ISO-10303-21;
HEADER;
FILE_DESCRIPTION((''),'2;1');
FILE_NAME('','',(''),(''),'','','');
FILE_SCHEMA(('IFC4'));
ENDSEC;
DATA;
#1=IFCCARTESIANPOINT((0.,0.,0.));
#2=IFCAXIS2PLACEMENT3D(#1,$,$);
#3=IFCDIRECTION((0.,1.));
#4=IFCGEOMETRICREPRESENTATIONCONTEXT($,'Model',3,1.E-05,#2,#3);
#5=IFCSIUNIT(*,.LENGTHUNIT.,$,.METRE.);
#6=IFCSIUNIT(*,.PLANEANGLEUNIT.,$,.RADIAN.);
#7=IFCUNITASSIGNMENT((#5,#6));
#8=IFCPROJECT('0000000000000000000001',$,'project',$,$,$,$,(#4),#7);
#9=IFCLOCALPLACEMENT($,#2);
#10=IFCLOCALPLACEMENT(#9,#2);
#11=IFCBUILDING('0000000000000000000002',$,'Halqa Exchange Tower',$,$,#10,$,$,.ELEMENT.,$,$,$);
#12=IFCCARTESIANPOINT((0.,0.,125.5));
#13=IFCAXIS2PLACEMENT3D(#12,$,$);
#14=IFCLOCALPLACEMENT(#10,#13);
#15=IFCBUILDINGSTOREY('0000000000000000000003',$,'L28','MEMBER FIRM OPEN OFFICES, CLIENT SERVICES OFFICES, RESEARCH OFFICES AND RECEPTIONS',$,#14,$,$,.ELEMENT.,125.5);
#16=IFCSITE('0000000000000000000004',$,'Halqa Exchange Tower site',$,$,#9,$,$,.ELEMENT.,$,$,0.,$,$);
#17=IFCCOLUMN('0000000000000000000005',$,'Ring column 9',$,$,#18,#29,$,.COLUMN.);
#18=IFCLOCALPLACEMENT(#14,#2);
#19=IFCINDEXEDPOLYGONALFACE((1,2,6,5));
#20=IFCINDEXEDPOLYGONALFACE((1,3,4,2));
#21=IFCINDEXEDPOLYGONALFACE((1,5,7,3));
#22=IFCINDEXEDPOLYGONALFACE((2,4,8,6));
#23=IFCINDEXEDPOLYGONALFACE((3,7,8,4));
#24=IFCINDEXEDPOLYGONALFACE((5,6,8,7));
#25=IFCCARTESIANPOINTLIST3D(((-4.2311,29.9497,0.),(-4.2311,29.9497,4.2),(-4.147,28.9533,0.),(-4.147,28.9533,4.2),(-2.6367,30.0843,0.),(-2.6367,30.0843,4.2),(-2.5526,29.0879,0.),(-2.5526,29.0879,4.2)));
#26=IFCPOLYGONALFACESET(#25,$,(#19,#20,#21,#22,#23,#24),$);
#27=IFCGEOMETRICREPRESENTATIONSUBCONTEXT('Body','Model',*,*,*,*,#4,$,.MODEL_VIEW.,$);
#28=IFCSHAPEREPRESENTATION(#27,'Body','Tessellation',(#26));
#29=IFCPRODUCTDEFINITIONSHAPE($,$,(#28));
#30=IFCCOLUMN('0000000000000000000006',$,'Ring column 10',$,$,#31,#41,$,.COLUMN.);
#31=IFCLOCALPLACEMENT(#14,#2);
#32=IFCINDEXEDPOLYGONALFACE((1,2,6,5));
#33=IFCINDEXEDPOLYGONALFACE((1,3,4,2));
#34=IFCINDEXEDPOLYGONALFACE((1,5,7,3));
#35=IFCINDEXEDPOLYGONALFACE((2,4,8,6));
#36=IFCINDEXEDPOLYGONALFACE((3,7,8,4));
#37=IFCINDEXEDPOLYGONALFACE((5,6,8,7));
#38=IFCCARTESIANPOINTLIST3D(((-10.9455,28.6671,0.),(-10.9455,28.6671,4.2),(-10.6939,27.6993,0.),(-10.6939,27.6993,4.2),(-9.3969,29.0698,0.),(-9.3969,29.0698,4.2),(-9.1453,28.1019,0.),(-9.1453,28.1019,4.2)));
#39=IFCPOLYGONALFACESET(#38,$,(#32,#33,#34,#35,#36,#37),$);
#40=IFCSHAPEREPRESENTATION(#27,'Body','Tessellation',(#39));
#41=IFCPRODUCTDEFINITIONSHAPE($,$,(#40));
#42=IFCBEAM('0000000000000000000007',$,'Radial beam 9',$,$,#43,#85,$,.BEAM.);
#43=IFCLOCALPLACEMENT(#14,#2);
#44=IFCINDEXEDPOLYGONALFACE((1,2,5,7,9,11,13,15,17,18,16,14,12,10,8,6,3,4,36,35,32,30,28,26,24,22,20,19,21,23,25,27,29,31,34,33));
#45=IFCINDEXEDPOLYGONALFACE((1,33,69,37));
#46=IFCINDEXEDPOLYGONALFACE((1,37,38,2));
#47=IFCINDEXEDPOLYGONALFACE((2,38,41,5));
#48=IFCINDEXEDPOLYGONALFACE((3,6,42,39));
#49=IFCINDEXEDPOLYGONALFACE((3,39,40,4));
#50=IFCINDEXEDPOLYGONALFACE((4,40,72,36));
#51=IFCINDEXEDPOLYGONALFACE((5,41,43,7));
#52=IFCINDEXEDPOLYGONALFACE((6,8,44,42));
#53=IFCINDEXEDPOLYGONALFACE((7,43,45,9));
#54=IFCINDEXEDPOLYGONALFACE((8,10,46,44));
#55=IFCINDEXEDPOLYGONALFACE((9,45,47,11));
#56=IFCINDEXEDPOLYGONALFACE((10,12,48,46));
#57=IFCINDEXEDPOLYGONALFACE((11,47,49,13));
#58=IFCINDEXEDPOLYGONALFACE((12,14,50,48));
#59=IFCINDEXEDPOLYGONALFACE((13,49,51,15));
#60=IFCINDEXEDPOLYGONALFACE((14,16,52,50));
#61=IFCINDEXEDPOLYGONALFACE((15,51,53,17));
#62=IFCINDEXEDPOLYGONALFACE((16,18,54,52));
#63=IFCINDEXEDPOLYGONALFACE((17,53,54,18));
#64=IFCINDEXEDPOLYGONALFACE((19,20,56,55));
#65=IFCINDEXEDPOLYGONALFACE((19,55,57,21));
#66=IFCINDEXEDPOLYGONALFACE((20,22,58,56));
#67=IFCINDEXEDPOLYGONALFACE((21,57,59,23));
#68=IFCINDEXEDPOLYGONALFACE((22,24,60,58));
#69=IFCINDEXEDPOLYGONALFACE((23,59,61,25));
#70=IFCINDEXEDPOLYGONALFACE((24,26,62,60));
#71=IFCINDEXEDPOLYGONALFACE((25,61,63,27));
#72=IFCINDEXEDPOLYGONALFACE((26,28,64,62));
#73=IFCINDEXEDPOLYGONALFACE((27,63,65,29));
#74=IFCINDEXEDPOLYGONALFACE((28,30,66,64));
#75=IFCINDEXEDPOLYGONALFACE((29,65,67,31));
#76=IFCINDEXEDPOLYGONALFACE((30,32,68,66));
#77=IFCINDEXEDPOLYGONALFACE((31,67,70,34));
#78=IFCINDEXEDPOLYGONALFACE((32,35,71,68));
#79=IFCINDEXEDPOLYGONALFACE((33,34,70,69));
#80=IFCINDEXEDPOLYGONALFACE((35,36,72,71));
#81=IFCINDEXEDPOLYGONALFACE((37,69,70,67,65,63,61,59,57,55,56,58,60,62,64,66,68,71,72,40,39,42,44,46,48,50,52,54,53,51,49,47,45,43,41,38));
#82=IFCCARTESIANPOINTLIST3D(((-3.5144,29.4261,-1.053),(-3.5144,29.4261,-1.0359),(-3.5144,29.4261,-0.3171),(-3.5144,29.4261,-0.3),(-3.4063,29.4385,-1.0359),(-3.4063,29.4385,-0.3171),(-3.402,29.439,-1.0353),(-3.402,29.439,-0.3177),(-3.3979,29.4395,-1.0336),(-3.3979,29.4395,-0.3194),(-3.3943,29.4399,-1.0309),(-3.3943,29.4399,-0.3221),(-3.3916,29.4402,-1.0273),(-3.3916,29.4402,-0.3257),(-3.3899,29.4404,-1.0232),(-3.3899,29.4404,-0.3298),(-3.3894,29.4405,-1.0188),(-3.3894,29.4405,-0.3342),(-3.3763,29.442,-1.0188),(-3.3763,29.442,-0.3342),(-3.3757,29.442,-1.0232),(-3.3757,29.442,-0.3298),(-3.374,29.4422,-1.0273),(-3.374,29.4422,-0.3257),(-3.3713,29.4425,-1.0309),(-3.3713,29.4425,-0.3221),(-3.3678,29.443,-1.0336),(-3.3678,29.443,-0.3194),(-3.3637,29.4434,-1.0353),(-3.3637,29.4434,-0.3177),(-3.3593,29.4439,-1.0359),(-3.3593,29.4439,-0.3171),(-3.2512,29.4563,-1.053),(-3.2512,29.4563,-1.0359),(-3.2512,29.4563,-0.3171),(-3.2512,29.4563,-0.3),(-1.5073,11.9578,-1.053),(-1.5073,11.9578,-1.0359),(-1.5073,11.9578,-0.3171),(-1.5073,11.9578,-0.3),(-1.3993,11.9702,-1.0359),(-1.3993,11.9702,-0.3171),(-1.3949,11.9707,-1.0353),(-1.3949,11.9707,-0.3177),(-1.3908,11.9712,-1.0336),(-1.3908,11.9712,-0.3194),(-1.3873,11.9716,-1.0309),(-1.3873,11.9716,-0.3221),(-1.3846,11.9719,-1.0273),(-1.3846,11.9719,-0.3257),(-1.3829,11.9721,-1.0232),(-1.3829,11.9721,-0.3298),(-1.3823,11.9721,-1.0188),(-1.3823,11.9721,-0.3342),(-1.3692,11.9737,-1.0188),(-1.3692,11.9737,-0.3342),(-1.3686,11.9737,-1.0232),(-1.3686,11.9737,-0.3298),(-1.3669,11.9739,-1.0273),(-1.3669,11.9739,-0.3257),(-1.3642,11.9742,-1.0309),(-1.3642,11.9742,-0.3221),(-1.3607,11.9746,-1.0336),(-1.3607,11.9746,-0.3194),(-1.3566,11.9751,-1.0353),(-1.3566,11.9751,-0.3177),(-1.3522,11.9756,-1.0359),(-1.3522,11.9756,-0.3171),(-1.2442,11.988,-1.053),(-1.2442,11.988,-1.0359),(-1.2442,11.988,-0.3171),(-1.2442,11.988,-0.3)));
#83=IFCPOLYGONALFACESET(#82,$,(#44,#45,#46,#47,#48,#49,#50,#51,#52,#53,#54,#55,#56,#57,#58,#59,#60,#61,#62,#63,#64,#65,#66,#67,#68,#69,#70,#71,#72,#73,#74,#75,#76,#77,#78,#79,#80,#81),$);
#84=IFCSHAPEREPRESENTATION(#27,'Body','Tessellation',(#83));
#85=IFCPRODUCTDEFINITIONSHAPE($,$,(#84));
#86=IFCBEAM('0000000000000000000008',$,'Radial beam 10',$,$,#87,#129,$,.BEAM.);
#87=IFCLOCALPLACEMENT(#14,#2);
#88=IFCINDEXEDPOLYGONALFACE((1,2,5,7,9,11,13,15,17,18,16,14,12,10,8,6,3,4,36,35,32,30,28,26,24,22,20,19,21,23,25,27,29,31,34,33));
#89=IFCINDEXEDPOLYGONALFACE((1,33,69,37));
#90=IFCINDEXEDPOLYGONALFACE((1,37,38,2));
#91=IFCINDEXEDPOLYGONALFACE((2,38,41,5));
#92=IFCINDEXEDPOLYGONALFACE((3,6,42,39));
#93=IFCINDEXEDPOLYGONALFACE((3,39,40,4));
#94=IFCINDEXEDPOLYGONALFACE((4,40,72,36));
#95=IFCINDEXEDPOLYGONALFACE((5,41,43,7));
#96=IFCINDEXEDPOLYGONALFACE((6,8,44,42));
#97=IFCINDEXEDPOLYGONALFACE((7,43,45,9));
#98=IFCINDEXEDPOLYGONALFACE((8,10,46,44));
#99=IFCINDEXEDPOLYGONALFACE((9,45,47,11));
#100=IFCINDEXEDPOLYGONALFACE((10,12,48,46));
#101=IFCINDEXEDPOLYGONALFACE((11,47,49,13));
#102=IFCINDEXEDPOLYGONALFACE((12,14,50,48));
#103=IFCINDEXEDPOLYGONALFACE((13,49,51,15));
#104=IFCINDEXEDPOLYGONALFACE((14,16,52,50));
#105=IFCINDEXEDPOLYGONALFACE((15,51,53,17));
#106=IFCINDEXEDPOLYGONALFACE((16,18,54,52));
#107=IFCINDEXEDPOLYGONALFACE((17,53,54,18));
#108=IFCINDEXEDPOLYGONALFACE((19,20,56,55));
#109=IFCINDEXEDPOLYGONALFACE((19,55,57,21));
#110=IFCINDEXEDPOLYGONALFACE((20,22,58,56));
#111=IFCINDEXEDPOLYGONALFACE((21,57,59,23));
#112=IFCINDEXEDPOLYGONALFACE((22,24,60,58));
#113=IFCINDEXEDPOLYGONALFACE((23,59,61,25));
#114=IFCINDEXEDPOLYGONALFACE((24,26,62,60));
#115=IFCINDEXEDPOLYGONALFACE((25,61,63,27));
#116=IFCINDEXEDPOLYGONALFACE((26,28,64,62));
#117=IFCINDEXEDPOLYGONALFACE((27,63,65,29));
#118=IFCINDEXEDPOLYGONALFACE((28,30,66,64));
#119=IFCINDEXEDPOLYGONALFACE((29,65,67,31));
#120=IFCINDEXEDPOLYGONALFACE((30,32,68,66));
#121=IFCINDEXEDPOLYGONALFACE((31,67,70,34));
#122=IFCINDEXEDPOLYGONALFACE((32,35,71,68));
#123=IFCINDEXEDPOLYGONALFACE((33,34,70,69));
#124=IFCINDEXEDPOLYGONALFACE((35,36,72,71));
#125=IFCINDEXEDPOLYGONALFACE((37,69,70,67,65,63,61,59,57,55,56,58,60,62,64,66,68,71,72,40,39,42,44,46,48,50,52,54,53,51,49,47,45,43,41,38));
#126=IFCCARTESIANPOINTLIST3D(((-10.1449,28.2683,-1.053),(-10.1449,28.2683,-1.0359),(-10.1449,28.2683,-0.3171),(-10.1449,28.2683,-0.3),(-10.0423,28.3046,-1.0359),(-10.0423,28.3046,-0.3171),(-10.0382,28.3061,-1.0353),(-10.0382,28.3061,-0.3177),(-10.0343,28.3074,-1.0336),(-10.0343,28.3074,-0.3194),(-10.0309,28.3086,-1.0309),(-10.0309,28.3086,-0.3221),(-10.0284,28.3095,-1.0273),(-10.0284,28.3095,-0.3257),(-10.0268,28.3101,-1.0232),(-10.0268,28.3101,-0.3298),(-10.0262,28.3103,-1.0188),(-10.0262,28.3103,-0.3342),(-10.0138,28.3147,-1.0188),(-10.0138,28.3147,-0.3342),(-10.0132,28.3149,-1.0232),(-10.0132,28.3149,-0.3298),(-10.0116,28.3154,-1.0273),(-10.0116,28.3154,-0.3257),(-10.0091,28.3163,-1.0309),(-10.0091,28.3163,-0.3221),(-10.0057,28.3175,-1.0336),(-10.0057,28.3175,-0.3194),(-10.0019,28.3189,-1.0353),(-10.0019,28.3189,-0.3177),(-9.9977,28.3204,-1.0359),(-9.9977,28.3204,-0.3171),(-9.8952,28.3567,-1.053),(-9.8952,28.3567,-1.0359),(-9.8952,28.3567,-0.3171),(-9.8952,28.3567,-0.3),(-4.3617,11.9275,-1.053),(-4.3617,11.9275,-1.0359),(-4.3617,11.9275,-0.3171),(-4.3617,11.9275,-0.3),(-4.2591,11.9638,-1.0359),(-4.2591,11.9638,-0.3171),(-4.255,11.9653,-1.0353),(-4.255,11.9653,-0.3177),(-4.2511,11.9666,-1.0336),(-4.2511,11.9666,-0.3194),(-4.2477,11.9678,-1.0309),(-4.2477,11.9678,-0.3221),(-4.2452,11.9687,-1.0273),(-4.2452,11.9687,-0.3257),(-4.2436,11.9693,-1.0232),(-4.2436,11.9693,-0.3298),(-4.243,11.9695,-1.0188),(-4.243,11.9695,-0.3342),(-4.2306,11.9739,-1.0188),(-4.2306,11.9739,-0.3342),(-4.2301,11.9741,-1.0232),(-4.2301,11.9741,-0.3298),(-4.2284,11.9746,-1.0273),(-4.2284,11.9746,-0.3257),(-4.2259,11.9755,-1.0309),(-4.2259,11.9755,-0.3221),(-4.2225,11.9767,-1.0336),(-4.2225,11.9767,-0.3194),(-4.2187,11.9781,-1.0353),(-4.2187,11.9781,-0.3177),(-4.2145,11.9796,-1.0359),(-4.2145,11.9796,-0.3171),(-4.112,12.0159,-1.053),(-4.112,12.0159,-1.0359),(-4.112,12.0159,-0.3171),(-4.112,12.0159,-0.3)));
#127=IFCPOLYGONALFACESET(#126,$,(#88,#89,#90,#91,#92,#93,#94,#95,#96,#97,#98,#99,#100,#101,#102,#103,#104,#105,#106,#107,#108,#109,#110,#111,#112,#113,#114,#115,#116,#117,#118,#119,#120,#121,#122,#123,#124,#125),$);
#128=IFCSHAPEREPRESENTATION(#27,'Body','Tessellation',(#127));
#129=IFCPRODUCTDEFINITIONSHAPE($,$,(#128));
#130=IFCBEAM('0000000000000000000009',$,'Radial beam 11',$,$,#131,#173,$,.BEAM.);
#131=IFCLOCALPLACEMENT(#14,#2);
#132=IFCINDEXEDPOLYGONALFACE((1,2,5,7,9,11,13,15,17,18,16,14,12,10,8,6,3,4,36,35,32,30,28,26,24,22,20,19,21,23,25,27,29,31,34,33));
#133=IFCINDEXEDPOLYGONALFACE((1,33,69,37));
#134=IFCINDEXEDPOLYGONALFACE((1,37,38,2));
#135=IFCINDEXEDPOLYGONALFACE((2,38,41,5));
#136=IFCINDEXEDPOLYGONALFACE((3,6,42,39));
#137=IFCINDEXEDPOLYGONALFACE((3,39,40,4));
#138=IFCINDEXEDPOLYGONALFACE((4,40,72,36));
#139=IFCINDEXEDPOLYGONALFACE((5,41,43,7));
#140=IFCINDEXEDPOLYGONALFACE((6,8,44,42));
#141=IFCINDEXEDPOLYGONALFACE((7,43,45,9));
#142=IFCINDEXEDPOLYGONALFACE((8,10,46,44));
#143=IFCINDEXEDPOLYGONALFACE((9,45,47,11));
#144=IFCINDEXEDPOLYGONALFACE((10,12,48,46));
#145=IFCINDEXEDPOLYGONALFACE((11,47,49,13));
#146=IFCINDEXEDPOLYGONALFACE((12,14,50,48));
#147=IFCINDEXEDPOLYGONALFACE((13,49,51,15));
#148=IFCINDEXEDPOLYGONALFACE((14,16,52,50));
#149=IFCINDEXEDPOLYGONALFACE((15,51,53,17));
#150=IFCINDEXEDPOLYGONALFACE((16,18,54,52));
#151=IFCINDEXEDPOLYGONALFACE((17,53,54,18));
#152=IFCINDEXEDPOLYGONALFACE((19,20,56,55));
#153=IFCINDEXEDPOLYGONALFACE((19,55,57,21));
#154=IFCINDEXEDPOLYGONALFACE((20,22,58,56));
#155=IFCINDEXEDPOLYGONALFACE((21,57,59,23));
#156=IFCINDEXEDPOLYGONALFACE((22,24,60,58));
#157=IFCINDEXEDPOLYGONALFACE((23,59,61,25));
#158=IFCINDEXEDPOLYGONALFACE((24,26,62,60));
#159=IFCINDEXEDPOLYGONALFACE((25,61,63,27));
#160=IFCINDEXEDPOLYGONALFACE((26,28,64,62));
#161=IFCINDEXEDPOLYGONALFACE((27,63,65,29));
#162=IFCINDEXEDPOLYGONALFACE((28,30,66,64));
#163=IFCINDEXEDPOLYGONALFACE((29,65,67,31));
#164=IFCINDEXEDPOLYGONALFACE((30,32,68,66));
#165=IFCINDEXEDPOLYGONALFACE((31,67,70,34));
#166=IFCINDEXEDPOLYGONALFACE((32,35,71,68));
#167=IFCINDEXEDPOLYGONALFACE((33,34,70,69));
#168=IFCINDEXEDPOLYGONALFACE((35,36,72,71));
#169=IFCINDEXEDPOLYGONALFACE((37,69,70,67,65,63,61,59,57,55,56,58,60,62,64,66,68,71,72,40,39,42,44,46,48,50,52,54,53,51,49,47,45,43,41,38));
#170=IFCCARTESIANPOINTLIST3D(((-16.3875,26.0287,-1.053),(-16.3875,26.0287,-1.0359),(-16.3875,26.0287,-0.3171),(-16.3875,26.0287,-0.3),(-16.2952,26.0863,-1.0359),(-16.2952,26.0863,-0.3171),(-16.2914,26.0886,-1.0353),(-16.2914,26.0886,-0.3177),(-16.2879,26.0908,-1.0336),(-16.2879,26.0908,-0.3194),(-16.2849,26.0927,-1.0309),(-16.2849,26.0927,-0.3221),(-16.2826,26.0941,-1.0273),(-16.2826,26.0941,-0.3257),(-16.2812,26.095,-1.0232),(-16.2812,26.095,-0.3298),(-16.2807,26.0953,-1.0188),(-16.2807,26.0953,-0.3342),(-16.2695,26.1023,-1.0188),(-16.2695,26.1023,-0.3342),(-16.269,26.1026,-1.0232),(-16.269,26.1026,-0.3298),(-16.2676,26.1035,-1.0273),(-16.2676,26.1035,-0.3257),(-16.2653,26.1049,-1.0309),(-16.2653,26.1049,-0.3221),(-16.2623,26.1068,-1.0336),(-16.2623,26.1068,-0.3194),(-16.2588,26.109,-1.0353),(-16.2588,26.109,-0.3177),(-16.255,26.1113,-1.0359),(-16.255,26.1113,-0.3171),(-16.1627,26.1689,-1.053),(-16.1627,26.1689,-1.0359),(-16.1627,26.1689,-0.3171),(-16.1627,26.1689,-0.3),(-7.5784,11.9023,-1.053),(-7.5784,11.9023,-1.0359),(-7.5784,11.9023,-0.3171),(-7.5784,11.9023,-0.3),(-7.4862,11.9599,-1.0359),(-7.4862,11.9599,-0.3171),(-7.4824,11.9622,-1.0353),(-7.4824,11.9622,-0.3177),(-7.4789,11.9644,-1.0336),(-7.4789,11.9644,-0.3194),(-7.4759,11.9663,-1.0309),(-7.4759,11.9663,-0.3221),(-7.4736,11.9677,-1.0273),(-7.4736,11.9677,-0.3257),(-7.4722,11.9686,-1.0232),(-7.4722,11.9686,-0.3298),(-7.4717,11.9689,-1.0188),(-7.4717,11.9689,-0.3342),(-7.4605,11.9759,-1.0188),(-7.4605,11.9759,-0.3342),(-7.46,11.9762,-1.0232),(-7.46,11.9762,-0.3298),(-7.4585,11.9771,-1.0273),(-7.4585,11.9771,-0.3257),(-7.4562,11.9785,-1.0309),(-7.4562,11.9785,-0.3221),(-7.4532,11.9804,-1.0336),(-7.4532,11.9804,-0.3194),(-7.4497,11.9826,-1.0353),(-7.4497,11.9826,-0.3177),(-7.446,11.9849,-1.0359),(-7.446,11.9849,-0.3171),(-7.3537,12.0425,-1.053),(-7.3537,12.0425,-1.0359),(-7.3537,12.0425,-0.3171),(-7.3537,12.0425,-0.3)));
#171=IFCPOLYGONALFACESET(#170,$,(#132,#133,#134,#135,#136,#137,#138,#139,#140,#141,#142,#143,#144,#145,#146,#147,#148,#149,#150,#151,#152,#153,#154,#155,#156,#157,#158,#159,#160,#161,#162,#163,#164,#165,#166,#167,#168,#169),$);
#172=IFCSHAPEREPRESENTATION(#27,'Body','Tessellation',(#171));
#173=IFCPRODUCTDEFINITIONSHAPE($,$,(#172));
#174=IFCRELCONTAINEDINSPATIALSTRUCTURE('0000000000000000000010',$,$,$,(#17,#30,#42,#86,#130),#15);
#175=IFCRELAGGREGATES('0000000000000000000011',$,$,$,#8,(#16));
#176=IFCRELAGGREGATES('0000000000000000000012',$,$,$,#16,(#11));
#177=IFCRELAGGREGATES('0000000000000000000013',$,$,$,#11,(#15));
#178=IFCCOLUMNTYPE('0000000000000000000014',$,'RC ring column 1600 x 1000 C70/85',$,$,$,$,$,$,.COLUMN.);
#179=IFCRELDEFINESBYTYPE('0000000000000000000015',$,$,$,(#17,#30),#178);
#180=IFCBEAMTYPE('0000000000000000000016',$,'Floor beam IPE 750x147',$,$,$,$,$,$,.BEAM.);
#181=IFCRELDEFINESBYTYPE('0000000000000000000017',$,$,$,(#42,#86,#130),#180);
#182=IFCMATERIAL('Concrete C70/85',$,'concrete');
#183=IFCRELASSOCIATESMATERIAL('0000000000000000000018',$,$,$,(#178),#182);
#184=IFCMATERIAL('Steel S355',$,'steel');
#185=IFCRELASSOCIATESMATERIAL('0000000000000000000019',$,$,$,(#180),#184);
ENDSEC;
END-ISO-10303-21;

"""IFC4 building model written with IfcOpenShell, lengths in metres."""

from ifc_helpers import new_model, si_unit, direction, frame, origin, origin_2d, place, context, subcontext, project, spatial, rectangle, i_section, extrude, material, material_profile, profile_set, type_object, element, save


model = new_model("IFC4")

# Units and contexts
model_context = context("Model", 3, precision=1e-05, world=origin(), true_north=direction((0.0, 1.0)))
body_context = subcontext(model_context, "Body", "Model", "MODEL_VIEW")
ifc_project = project(units=[si_unit("LENGTHUNIT", "METRE"), si_unit("PLANEANGLEUNIT", "RADIAN")], contexts=[model_context])

# Site, building, storey
site_placement = place(None, origin())
site = spatial("IfcSite", under=ifc_project, at=site_placement, Name="Halqa Exchange Tower site", CompositionType="ELEMENT", RefElevation=0.0)
building_placement = place(site_placement, origin())
building = spatial("IfcBuilding", under=site, at=building_placement, Name="Halqa Exchange Tower", CompositionType="ELEMENT")
storey_placement = place(building_placement, frame((0.0, 0.0, 125.5)))
storey = spatial("IfcBuildingStorey", under=building, at=storey_placement, Name="L28", Description="MEMBER FIRM OPEN OFFICES, CLIENT SERVICES OFFICES, RESEARCH OFFICES AND RECEPTIONS", CompositionType="ELEMENT", Elevation=125.5)

# Columns
ifc_material_1 = material(Name="Concrete C70/85", Category="concrete")
ifc_material_profile_1 = material_profile(ifc_material_1, rectangle(XDim=1.6001, YDim=1.0, at=origin_2d()), Name="1600 x 1000")
ifc_profile_set_1 = profile_set([ifc_material_profile_1], Name="Concrete C70/85")
column_type = type_object("IfcColumnType", Name="RC ring column 1600 x 1000 C70/85", PredefinedType="COLUMN", material=ifc_profile_set_1)
for number, where, z_axis, x_axis, name in (
    (1, (-3.3918, 29.5188, 0.0), (0.0, 0.0, 1.0), (-0.996455, -0.084123, 0.0), "Ring column 9"),
    (2, (-10.0454, 28.3845, 0.0), (0.0, 0.0, 1.0), (-0.96782, -0.251645, 0.0), "Ring column 10"),
):
    element("IfcColumn", number, at=place(storey_placement, frame(where, z_axis=z_axis, x_axis=x_axis)), inside=storey, type_object=column_type, Name=name, PredefinedType="COLUMN", context=body_context, shape_type="SweptSolid", body=[
        extrude(rectangle(XDim=1.6001, YDim=1.0, at=origin_2d()), origin(), (0.0, 0.0, 1.0), 4.2),
    ])

# Beams
ifc_material_2 = material(Name="Steel S355", Category="steel")
ifc_material_profile_2 = material_profile(ifc_material_2, i_section(OverallWidth=0.2649, OverallDepth=0.7529, WebThickness=0.0132, FlangeThickness=0.0171, FilletRadius=0.0171, at=origin_2d()), Name="IPE 750x147")
ifc_profile_set_2 = profile_set([ifc_material_profile_2], Name="Steel S355")
beam_type_1 = type_object("IfcBeamType", Name="Floor beam IPE 750x147", PredefinedType="BEAM", material=ifc_profile_set_2)
beam_1_placement = place(storey_placement, frame((-1.3757, 11.9729, -0.6765), z_axis=(-0.114148, 0.993464, 0.0), x_axis=(-0.993464, -0.114148, 0.0)))
element("IfcBeam", 3, at=beam_1_placement, inside=storey, type_object=beam_type_1, Name="Radial beam 9", PredefinedType="BEAM", context=body_context, shape_type="SweptSolid", body=[
    extrude(i_section(OverallWidth=0.2649, OverallDepth=0.7529, WebThickness=0.0132, FlangeThickness=0.0171, FilletRadius=0.0171, at=origin_2d()), origin(), (0.0, 0.0, 1.0), 17.5833),
])
beam_2_placement = place(storey_placement, frame((-4.2368, 11.9717, -0.6765), z_axis=(-0.333633, 0.942703, 0.0), x_axis=(-0.942703, -0.333633, 0.0)))
element("IfcBeam", 4, at=beam_2_placement, inside=storey, type_object=beam_type_1, Name="Radial beam 10", PredefinedType="BEAM", context=body_context, shape_type="SweptSolid", body=[
    extrude(i_section(OverallWidth=0.2649, OverallDepth=0.7529, WebThickness=0.0132, FlangeThickness=0.0171, FilletRadius=0.0171, at=origin_2d()), origin(), (0.0, 0.0, 1.0), 17.334),
])
beam_3_placement = place(storey_placement, frame((-7.4661, 11.9724, -0.6765), z_axis=(-0.529137, 0.848537, 0.0), x_axis=(-0.848537, -0.529137, 0.0)))
element("IfcBeam", 5, at=beam_3_placement, inside=storey, type_object=beam_type_1, Name="Radial beam 11", PredefinedType="BEAM", context=body_context, shape_type="SweptSolid", body=[
    extrude(i_section(OverallWidth=0.2649, OverallDepth=0.7529, WebThickness=0.0132, FlangeThickness=0.0171, FilletRadius=0.0171, at=origin_2d()), origin(), (0.0, 0.0, 1.0), 16.6479),
])

save(model, "model.ifc")
